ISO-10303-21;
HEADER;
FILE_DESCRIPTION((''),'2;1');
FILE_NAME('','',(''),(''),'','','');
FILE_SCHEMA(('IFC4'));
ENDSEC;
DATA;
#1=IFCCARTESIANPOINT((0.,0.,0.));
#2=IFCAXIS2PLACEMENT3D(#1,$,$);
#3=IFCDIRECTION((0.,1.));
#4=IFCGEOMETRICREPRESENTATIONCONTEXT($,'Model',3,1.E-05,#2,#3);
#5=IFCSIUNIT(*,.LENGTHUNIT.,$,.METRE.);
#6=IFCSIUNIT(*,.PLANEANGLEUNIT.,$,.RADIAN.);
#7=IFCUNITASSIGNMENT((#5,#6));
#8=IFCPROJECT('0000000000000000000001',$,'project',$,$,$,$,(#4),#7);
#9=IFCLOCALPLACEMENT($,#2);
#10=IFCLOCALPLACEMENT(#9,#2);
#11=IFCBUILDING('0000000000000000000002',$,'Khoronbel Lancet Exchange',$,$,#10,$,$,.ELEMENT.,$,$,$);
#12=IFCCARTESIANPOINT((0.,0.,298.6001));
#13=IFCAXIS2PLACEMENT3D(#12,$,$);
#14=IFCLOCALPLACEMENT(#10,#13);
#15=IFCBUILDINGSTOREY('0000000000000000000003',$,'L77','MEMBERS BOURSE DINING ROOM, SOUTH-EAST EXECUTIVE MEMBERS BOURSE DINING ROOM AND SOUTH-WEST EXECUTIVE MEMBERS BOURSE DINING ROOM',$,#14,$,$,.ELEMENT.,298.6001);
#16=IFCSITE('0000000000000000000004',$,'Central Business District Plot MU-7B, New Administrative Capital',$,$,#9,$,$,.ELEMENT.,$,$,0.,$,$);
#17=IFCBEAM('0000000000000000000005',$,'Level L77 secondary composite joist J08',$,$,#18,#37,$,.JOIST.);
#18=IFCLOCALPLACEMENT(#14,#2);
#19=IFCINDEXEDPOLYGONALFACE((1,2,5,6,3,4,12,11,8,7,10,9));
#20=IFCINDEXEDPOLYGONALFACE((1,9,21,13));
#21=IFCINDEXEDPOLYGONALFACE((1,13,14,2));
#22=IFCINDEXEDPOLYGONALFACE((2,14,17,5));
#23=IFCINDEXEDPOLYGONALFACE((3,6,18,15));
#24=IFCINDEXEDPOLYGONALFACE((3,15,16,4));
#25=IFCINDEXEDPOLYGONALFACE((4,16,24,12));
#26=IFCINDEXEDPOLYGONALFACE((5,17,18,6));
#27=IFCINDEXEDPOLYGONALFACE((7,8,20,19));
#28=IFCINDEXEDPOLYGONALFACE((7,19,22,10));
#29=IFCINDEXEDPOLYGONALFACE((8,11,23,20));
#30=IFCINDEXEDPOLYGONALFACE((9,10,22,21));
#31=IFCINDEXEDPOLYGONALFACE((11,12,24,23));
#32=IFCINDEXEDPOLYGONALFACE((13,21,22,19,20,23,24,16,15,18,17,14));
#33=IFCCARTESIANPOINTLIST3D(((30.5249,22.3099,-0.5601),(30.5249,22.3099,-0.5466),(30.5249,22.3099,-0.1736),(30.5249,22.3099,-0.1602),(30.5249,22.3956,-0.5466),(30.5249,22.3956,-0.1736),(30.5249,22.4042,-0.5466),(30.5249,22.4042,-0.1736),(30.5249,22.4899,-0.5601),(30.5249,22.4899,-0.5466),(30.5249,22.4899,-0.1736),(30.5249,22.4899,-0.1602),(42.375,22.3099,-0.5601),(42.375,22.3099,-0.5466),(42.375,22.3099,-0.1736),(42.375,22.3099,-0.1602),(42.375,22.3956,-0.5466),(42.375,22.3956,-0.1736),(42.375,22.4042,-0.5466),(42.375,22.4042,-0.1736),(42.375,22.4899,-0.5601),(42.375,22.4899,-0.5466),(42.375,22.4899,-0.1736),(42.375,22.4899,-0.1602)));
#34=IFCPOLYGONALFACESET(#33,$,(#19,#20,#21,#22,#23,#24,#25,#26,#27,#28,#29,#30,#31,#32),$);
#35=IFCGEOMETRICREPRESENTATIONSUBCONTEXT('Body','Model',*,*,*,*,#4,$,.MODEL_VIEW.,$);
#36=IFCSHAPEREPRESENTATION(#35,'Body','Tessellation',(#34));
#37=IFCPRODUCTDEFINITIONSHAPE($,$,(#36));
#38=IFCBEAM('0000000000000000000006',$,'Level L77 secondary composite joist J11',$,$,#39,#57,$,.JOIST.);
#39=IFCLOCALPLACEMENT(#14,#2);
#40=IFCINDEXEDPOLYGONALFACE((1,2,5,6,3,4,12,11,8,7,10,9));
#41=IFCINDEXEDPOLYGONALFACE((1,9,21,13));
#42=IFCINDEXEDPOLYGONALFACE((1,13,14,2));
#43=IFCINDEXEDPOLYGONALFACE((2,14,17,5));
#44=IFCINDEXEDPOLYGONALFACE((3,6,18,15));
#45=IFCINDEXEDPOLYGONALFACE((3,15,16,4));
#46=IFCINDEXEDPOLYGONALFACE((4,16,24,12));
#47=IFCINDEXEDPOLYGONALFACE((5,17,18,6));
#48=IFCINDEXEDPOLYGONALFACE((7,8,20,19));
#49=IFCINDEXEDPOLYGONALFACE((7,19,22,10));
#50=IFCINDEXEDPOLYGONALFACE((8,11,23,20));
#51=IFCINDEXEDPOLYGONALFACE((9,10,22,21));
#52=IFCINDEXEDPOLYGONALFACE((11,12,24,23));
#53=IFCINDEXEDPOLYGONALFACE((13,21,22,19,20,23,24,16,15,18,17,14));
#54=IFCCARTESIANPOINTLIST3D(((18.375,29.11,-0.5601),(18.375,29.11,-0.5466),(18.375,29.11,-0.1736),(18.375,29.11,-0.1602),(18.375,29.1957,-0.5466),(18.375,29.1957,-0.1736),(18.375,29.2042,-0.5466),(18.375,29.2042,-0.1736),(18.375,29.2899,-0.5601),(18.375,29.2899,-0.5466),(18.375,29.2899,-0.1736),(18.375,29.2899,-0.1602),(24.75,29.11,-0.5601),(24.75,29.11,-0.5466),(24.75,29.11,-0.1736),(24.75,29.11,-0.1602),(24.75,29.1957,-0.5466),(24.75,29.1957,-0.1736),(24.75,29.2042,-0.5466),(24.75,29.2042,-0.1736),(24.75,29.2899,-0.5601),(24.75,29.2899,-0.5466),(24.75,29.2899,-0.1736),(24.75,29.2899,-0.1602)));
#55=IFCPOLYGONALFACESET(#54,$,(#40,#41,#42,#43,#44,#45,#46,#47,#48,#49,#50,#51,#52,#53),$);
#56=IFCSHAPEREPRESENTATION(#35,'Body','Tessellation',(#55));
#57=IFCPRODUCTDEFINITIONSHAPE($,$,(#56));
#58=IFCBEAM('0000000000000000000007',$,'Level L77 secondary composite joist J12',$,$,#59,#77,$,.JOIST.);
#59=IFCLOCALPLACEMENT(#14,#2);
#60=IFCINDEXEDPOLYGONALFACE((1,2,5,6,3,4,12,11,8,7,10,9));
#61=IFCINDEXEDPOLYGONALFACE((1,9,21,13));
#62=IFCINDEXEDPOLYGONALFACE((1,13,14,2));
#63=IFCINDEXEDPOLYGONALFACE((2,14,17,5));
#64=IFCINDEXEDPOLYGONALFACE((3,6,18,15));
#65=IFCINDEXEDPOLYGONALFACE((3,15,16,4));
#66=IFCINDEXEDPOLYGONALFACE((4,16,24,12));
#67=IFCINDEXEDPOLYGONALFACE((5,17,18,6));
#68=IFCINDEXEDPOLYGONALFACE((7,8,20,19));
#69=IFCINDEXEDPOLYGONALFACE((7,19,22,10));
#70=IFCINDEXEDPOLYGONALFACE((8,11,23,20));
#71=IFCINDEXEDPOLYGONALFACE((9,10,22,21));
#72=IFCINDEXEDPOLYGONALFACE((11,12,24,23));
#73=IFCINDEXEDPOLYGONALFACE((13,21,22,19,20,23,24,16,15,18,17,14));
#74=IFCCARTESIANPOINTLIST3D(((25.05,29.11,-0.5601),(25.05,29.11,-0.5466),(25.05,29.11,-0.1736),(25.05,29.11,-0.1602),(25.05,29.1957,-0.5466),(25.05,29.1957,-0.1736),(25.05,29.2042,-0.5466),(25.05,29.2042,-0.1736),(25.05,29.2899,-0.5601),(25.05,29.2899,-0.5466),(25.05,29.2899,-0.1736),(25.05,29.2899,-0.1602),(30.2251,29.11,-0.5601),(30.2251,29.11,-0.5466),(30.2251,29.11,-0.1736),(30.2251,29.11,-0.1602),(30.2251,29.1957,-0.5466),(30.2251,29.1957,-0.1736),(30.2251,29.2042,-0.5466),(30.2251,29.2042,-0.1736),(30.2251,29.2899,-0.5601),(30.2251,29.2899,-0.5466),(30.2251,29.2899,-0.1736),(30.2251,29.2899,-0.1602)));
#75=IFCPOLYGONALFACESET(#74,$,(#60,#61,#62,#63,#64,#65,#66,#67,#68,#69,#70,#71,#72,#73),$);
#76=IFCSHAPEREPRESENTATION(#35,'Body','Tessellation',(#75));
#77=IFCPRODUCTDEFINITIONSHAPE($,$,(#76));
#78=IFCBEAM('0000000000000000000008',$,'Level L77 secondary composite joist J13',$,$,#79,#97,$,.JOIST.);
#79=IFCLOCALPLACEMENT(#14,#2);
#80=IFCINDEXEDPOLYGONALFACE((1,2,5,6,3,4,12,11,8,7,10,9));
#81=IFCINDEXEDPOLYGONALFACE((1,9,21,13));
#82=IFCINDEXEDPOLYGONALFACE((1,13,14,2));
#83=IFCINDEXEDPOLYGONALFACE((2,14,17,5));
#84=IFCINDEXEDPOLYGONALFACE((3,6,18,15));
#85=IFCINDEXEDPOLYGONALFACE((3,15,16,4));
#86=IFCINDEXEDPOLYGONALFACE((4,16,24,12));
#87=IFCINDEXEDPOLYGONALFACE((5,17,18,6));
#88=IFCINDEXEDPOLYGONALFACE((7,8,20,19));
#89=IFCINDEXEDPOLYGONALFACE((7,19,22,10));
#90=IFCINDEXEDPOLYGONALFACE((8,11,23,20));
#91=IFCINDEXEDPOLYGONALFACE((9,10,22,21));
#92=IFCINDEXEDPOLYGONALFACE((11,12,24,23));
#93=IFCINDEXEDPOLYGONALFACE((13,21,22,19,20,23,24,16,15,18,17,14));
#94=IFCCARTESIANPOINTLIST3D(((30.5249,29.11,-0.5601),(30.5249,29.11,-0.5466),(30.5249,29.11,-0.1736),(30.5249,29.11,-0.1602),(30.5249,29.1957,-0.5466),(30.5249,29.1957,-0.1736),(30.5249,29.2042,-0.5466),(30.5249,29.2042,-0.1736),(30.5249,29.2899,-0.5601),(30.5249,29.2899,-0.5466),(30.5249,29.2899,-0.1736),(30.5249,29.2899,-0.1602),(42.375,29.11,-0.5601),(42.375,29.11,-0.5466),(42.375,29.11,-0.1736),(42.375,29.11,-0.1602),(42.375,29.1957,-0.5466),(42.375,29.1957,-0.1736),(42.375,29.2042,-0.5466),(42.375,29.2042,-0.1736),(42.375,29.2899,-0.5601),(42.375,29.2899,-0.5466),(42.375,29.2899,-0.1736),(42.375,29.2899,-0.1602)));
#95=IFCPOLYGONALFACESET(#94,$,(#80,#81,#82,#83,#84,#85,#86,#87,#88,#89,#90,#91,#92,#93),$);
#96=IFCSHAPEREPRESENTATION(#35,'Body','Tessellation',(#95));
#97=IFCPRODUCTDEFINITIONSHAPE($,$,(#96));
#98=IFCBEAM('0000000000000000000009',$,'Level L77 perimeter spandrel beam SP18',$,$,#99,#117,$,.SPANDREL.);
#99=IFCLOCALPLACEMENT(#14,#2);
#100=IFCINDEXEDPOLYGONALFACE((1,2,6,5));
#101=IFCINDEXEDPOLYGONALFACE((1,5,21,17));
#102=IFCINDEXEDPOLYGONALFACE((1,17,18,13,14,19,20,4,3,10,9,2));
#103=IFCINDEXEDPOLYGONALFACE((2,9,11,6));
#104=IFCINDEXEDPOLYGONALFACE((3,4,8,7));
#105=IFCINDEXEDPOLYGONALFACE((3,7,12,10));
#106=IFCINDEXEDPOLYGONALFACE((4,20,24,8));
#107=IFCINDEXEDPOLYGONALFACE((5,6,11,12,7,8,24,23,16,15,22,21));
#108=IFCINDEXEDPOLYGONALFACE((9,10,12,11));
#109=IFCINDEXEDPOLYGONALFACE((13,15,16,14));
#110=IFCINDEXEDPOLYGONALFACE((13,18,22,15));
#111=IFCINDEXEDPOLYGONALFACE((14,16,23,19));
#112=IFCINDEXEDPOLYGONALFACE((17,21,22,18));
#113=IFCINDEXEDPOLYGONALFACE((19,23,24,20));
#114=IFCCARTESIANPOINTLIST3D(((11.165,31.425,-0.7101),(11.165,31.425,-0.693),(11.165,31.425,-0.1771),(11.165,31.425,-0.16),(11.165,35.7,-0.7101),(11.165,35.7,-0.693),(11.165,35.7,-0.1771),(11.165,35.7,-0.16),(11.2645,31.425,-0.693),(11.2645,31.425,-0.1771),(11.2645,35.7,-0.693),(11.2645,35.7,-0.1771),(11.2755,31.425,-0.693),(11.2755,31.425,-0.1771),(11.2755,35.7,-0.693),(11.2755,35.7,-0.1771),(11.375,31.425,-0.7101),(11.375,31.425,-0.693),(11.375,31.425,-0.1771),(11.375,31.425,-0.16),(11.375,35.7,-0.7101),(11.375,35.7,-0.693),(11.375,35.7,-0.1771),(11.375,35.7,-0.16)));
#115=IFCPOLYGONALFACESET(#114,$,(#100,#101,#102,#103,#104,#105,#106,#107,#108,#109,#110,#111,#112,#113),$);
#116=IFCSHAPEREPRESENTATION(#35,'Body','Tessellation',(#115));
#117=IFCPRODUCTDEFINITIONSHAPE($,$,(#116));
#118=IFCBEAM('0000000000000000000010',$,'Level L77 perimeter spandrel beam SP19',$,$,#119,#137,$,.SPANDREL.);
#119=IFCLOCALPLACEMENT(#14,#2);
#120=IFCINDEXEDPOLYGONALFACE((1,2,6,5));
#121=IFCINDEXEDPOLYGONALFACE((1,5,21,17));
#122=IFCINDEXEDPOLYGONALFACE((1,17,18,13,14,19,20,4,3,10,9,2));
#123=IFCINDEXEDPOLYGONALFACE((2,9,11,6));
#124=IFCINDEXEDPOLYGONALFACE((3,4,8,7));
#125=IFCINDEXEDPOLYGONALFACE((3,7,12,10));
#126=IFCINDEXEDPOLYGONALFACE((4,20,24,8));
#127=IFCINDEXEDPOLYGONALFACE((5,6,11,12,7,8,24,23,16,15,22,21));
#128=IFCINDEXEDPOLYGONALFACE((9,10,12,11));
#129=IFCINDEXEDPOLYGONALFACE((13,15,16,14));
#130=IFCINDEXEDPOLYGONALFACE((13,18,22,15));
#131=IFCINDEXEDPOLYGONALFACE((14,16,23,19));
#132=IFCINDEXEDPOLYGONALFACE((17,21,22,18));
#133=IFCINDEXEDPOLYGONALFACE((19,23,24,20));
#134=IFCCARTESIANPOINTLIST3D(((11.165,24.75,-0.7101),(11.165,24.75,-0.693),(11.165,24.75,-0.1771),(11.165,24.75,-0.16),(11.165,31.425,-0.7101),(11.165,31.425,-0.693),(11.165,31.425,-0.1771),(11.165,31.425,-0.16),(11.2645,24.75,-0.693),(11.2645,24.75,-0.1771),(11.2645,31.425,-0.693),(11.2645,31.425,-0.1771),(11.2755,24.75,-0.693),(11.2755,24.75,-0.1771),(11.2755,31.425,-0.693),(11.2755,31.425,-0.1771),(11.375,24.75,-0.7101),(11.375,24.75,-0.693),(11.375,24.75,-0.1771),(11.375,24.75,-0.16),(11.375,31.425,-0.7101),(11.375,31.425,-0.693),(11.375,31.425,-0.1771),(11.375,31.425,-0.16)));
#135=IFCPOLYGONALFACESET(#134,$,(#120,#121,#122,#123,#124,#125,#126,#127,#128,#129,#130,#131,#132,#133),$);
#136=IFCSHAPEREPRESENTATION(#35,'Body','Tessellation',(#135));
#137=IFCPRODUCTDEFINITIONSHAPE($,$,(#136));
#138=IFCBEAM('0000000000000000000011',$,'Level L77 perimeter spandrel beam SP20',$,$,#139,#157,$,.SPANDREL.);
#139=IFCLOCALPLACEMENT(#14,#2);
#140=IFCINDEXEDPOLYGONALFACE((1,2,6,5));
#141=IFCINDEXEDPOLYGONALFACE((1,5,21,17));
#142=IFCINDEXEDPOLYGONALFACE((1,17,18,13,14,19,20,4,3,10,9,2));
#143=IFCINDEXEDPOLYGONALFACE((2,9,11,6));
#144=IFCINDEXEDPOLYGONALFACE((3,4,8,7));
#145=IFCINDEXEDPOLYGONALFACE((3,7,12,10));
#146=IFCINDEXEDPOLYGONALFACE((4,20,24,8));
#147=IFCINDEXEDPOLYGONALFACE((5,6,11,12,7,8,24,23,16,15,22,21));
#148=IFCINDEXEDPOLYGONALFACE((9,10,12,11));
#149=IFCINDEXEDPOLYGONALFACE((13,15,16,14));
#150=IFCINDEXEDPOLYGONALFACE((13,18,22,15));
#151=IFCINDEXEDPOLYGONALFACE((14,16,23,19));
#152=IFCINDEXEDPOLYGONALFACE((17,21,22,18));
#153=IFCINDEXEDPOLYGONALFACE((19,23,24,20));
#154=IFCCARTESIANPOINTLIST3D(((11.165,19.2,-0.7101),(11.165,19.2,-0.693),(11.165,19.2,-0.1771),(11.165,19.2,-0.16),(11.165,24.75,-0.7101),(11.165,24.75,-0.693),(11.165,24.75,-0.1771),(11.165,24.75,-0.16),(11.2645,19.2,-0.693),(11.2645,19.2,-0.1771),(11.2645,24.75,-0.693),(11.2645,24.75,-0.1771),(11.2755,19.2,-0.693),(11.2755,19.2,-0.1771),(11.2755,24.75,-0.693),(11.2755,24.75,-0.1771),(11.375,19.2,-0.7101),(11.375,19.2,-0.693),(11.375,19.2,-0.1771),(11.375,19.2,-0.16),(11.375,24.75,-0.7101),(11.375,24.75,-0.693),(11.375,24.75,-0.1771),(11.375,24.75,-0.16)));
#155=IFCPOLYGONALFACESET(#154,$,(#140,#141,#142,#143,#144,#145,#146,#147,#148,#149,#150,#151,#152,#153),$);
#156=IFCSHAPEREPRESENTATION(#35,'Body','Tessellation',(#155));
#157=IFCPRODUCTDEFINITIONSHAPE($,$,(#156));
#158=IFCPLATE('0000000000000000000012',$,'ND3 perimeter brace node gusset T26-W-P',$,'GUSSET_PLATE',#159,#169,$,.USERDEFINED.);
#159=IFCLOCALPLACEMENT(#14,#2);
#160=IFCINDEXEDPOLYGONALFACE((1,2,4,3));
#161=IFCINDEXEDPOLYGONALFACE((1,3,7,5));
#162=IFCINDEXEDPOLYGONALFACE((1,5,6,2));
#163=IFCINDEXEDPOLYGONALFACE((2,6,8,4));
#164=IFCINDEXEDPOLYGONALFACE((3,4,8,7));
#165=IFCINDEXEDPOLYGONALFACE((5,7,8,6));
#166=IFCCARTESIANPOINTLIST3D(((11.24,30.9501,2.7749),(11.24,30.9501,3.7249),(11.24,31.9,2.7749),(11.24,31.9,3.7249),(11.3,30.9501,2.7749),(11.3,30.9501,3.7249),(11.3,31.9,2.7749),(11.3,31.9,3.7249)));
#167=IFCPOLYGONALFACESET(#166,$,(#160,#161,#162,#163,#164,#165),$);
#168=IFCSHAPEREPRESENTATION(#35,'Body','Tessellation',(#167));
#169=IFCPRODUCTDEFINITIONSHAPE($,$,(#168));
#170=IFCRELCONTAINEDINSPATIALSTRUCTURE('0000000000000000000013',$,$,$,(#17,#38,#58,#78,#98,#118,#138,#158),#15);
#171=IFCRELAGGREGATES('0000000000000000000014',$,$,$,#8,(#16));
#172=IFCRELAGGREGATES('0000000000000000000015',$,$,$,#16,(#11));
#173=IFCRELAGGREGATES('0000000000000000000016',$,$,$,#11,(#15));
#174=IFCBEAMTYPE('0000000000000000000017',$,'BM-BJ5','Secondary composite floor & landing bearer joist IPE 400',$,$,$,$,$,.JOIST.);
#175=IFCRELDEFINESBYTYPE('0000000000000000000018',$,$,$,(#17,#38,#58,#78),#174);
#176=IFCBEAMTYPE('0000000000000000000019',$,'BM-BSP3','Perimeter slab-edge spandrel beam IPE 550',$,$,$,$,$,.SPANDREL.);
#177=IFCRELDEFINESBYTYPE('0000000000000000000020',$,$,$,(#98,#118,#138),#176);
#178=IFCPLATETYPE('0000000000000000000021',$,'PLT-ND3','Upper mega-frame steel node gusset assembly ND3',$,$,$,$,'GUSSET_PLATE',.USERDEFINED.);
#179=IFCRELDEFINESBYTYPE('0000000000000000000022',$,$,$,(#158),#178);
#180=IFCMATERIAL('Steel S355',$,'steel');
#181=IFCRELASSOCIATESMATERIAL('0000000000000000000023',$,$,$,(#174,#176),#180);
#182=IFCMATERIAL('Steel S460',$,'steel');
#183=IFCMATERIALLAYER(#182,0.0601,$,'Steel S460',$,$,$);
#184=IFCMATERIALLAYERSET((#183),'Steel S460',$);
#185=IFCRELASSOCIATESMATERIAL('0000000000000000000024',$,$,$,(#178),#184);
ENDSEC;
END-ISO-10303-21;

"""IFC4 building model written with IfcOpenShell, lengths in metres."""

from ifc_helpers import new_model, si_unit, direction, frame, origin, origin_2d, place, context, subcontext, project, spatial, rectangle, i_section, extrude, material, layer, layer_set, material_profile, profile_set, type_object, element, save


model = new_model("IFC4")

# Units and contexts
model_context = context("Model", 3, precision=1e-05, world=origin(), true_north=direction((0.0, 1.0)))
body_context = subcontext(model_context, "Body", "Model", "MODEL_VIEW")
ifc_project = project(units=[si_unit("LENGTHUNIT", "METRE"), si_unit("PLANEANGLEUNIT", "RADIAN")], contexts=[model_context])

# Site, building, storey
site_placement = place(None, origin())
site = spatial("IfcSite", under=ifc_project, at=site_placement, Name="Central Business District Plot MU-7B, New Administrative Capital", CompositionType="ELEMENT", RefElevation=0.0)
building_placement = place(site_placement, origin())
building = spatial("IfcBuilding", under=site, at=building_placement, Name="Khoronbel Lancet Exchange", CompositionType="ELEMENT")
storey_placement = place(building_placement, frame((0.0, 0.0, 298.6001)))
storey = spatial("IfcBuildingStorey", under=building, at=storey_placement, Name="L77", Description="MEMBERS BOURSE DINING ROOM, SOUTH-EAST EXECUTIVE MEMBERS BOURSE DINING ROOM AND SOUTH-WEST EXECUTIVE MEMBERS BOURSE DINING ROOM", CompositionType="ELEMENT", Elevation=298.6001)

# Shared definitions
ifc_material_1 = material(Name="Steel S355", Category="steel")

# Beams
ifc_material_profile_1 = material_profile(ifc_material_1, i_section(OverallWidth=0.1799, OverallDepth=0.3999, WebThickness=0.0085, FlangeThickness=0.0134, at=origin_2d()), Name="IPE 400")
ifc_profile_set_1 = profile_set([ifc_material_profile_1], Name="Steel S355")
beam_type_1 = type_object("IfcBeamType", Name="BM-BJ5", Description="Secondary composite floor & landing bearer joist IPE 400", PredefinedType="JOIST", material=ifc_profile_set_1)
beam_1_placement = place(storey_placement, frame((30.5249, 22.3999, -0.3601), z_axis=(1.0, 0.0, 0.0), x_axis=(0.0, 1.0, 0.0)))
element("IfcBeam", 1, at=beam_1_placement, inside=storey, type_object=beam_type_1, Name="Level L77 secondary composite joist J08", PredefinedType="JOIST", context=body_context, shape_type="SweptSolid", body=[
    extrude(i_section(OverallWidth=0.1799, OverallDepth=0.3999, WebThickness=0.0085, FlangeThickness=0.0134, at=origin_2d()), origin(), (0.0, 0.0, 1.0), 11.8501),
])
beam_2_placement = place(storey_placement, frame((18.375, 29.2, -0.3601), z_axis=(1.0, 0.0, 0.0), x_axis=(0.0, 1.0, 0.0)))
element("IfcBeam", 2, at=beam_2_placement, inside=storey, type_object=beam_type_1, Name="Level L77 secondary composite joist J11", PredefinedType="JOIST", context=body_context, shape_type="SweptSolid", body=[
    extrude(i_section(OverallWidth=0.1799, OverallDepth=0.3999, WebThickness=0.0085, FlangeThickness=0.0134, at=origin_2d()), origin(), (0.0, 0.0, 1.0), 6.375),
])
beam_3_placement = place(storey_placement, frame((25.05, 29.2, -0.3601), z_axis=(1.0, 0.0, 0.0), x_axis=(0.0, 1.0, 0.0)))
element("IfcBeam", 3, at=beam_3_placement, inside=storey, type_object=beam_type_1, Name="Level L77 secondary composite joist J12", PredefinedType="JOIST", context=body_context, shape_type="SweptSolid", body=[
    extrude(i_section(OverallWidth=0.1799, OverallDepth=0.3999, WebThickness=0.0085, FlangeThickness=0.0134, at=origin_2d()), origin(), (0.0, 0.0, 1.0), 5.175),
])
beam_4_placement = place(storey_placement, frame((30.5249, 29.2, -0.3601), z_axis=(1.0, 0.0, 0.0), x_axis=(0.0, 1.0, 0.0)))
element("IfcBeam", 4, at=beam_4_placement, inside=storey, type_object=beam_type_1, Name="Level L77 secondary composite joist J13", PredefinedType="JOIST", context=body_context, shape_type="SweptSolid", body=[
    extrude(i_section(OverallWidth=0.1799, OverallDepth=0.3999, WebThickness=0.0085, FlangeThickness=0.0134, at=origin_2d()), origin(), (0.0, 0.0, 1.0), 11.8501),
])
ifc_material_profile_2 = material_profile(ifc_material_1, i_section(OverallWidth=0.21, OverallDepth=0.55, WebThickness=0.011, FlangeThickness=0.0171, at=origin_2d()), Name="IPE 550")
ifc_profile_set_2 = profile_set([ifc_material_profile_2], Name="Steel S355")
beam_type_2 = type_object("IfcBeamType", Name="BM-BSP3", Description="Perimeter slab-edge spandrel beam IPE 550", PredefinedType="SPANDREL", material=ifc_profile_set_2)
beam_5_placement = place(storey_placement, frame((11.27, 35.7, -0.4351), z_axis=(0.0, -1.0, 0.0), x_axis=(1.0, 0.0, 0.0)))
element("IfcBeam", 5, at=beam_5_placement, inside=storey, type_object=beam_type_2, Name="Level L77 perimeter spandrel beam SP18", PredefinedType="SPANDREL", context=body_context, shape_type="SweptSolid", body=[
    extrude(i_section(OverallWidth=0.21, OverallDepth=0.55, WebThickness=0.011, FlangeThickness=0.0171, at=origin_2d()), origin(), (0.0, 0.0, 1.0), 4.2749),
])
beam_6_placement = place(storey_placement, frame((11.27, 31.425, -0.4351), z_axis=(0.0, -1.0, 0.0), x_axis=(1.0, 0.0, 0.0)))
element("IfcBeam", 6, at=beam_6_placement, inside=storey, type_object=beam_type_2, Name="Level L77 perimeter spandrel beam SP19", PredefinedType="SPANDREL", context=body_context, shape_type="SweptSolid", body=[
    extrude(i_section(OverallWidth=0.21, OverallDepth=0.55, WebThickness=0.011, FlangeThickness=0.0171, at=origin_2d()), origin(), (0.0, 0.0, 1.0), 6.675),
])
beam_7_placement = place(storey_placement, frame((11.27, 24.75, -0.4351), z_axis=(0.0, -1.0, 0.0), x_axis=(1.0, 0.0, 0.0)))
element("IfcBeam", 7, at=beam_7_placement, inside=storey, type_object=beam_type_2, Name="Level L77 perimeter spandrel beam SP20", PredefinedType="SPANDREL", context=body_context, shape_type="SweptSolid", body=[
    extrude(i_section(OverallWidth=0.21, OverallDepth=0.55, WebThickness=0.011, FlangeThickness=0.0171, at=origin_2d()), origin(), (0.0, 0.0, 1.0), 5.55),
])

# Plate
ifc_material_2 = material(Name="Steel S460", Category="steel")
ifc_layer_1 = layer(ifc_material_2, 0.0601, Name="Steel S460")
ifc_layer_set_1 = layer_set([ifc_layer_1], Name="Steel S460")
plate_type = type_object("IfcPlateType", Name="PLT-ND3", Description="Upper mega-frame steel node gusset assembly ND3", ElementType="GUSSET_PLATE", PredefinedType="USERDEFINED", material=ifc_layer_set_1)
plate_placement = place(storey_placement, frame((11.27, 31.425, 2.7749), z_axis=(0.0, 0.0, 1.0), x_axis=(0.0, 1.0, 0.0)))
element("IfcPlate", 8, at=plate_placement, inside=storey, type_object=plate_type, Name="ND3 perimeter brace node gusset T26-W-P", ObjectType="GUSSET_PLATE", PredefinedType="USERDEFINED", context=body_context, shape_type="SweptSolid", body=[
    extrude(rectangle(XDim=0.95, YDim=0.0601, at=origin_2d()), origin(), (0.0, 0.0, 1.0), 0.95),
])

save(model, "model.ifc")
